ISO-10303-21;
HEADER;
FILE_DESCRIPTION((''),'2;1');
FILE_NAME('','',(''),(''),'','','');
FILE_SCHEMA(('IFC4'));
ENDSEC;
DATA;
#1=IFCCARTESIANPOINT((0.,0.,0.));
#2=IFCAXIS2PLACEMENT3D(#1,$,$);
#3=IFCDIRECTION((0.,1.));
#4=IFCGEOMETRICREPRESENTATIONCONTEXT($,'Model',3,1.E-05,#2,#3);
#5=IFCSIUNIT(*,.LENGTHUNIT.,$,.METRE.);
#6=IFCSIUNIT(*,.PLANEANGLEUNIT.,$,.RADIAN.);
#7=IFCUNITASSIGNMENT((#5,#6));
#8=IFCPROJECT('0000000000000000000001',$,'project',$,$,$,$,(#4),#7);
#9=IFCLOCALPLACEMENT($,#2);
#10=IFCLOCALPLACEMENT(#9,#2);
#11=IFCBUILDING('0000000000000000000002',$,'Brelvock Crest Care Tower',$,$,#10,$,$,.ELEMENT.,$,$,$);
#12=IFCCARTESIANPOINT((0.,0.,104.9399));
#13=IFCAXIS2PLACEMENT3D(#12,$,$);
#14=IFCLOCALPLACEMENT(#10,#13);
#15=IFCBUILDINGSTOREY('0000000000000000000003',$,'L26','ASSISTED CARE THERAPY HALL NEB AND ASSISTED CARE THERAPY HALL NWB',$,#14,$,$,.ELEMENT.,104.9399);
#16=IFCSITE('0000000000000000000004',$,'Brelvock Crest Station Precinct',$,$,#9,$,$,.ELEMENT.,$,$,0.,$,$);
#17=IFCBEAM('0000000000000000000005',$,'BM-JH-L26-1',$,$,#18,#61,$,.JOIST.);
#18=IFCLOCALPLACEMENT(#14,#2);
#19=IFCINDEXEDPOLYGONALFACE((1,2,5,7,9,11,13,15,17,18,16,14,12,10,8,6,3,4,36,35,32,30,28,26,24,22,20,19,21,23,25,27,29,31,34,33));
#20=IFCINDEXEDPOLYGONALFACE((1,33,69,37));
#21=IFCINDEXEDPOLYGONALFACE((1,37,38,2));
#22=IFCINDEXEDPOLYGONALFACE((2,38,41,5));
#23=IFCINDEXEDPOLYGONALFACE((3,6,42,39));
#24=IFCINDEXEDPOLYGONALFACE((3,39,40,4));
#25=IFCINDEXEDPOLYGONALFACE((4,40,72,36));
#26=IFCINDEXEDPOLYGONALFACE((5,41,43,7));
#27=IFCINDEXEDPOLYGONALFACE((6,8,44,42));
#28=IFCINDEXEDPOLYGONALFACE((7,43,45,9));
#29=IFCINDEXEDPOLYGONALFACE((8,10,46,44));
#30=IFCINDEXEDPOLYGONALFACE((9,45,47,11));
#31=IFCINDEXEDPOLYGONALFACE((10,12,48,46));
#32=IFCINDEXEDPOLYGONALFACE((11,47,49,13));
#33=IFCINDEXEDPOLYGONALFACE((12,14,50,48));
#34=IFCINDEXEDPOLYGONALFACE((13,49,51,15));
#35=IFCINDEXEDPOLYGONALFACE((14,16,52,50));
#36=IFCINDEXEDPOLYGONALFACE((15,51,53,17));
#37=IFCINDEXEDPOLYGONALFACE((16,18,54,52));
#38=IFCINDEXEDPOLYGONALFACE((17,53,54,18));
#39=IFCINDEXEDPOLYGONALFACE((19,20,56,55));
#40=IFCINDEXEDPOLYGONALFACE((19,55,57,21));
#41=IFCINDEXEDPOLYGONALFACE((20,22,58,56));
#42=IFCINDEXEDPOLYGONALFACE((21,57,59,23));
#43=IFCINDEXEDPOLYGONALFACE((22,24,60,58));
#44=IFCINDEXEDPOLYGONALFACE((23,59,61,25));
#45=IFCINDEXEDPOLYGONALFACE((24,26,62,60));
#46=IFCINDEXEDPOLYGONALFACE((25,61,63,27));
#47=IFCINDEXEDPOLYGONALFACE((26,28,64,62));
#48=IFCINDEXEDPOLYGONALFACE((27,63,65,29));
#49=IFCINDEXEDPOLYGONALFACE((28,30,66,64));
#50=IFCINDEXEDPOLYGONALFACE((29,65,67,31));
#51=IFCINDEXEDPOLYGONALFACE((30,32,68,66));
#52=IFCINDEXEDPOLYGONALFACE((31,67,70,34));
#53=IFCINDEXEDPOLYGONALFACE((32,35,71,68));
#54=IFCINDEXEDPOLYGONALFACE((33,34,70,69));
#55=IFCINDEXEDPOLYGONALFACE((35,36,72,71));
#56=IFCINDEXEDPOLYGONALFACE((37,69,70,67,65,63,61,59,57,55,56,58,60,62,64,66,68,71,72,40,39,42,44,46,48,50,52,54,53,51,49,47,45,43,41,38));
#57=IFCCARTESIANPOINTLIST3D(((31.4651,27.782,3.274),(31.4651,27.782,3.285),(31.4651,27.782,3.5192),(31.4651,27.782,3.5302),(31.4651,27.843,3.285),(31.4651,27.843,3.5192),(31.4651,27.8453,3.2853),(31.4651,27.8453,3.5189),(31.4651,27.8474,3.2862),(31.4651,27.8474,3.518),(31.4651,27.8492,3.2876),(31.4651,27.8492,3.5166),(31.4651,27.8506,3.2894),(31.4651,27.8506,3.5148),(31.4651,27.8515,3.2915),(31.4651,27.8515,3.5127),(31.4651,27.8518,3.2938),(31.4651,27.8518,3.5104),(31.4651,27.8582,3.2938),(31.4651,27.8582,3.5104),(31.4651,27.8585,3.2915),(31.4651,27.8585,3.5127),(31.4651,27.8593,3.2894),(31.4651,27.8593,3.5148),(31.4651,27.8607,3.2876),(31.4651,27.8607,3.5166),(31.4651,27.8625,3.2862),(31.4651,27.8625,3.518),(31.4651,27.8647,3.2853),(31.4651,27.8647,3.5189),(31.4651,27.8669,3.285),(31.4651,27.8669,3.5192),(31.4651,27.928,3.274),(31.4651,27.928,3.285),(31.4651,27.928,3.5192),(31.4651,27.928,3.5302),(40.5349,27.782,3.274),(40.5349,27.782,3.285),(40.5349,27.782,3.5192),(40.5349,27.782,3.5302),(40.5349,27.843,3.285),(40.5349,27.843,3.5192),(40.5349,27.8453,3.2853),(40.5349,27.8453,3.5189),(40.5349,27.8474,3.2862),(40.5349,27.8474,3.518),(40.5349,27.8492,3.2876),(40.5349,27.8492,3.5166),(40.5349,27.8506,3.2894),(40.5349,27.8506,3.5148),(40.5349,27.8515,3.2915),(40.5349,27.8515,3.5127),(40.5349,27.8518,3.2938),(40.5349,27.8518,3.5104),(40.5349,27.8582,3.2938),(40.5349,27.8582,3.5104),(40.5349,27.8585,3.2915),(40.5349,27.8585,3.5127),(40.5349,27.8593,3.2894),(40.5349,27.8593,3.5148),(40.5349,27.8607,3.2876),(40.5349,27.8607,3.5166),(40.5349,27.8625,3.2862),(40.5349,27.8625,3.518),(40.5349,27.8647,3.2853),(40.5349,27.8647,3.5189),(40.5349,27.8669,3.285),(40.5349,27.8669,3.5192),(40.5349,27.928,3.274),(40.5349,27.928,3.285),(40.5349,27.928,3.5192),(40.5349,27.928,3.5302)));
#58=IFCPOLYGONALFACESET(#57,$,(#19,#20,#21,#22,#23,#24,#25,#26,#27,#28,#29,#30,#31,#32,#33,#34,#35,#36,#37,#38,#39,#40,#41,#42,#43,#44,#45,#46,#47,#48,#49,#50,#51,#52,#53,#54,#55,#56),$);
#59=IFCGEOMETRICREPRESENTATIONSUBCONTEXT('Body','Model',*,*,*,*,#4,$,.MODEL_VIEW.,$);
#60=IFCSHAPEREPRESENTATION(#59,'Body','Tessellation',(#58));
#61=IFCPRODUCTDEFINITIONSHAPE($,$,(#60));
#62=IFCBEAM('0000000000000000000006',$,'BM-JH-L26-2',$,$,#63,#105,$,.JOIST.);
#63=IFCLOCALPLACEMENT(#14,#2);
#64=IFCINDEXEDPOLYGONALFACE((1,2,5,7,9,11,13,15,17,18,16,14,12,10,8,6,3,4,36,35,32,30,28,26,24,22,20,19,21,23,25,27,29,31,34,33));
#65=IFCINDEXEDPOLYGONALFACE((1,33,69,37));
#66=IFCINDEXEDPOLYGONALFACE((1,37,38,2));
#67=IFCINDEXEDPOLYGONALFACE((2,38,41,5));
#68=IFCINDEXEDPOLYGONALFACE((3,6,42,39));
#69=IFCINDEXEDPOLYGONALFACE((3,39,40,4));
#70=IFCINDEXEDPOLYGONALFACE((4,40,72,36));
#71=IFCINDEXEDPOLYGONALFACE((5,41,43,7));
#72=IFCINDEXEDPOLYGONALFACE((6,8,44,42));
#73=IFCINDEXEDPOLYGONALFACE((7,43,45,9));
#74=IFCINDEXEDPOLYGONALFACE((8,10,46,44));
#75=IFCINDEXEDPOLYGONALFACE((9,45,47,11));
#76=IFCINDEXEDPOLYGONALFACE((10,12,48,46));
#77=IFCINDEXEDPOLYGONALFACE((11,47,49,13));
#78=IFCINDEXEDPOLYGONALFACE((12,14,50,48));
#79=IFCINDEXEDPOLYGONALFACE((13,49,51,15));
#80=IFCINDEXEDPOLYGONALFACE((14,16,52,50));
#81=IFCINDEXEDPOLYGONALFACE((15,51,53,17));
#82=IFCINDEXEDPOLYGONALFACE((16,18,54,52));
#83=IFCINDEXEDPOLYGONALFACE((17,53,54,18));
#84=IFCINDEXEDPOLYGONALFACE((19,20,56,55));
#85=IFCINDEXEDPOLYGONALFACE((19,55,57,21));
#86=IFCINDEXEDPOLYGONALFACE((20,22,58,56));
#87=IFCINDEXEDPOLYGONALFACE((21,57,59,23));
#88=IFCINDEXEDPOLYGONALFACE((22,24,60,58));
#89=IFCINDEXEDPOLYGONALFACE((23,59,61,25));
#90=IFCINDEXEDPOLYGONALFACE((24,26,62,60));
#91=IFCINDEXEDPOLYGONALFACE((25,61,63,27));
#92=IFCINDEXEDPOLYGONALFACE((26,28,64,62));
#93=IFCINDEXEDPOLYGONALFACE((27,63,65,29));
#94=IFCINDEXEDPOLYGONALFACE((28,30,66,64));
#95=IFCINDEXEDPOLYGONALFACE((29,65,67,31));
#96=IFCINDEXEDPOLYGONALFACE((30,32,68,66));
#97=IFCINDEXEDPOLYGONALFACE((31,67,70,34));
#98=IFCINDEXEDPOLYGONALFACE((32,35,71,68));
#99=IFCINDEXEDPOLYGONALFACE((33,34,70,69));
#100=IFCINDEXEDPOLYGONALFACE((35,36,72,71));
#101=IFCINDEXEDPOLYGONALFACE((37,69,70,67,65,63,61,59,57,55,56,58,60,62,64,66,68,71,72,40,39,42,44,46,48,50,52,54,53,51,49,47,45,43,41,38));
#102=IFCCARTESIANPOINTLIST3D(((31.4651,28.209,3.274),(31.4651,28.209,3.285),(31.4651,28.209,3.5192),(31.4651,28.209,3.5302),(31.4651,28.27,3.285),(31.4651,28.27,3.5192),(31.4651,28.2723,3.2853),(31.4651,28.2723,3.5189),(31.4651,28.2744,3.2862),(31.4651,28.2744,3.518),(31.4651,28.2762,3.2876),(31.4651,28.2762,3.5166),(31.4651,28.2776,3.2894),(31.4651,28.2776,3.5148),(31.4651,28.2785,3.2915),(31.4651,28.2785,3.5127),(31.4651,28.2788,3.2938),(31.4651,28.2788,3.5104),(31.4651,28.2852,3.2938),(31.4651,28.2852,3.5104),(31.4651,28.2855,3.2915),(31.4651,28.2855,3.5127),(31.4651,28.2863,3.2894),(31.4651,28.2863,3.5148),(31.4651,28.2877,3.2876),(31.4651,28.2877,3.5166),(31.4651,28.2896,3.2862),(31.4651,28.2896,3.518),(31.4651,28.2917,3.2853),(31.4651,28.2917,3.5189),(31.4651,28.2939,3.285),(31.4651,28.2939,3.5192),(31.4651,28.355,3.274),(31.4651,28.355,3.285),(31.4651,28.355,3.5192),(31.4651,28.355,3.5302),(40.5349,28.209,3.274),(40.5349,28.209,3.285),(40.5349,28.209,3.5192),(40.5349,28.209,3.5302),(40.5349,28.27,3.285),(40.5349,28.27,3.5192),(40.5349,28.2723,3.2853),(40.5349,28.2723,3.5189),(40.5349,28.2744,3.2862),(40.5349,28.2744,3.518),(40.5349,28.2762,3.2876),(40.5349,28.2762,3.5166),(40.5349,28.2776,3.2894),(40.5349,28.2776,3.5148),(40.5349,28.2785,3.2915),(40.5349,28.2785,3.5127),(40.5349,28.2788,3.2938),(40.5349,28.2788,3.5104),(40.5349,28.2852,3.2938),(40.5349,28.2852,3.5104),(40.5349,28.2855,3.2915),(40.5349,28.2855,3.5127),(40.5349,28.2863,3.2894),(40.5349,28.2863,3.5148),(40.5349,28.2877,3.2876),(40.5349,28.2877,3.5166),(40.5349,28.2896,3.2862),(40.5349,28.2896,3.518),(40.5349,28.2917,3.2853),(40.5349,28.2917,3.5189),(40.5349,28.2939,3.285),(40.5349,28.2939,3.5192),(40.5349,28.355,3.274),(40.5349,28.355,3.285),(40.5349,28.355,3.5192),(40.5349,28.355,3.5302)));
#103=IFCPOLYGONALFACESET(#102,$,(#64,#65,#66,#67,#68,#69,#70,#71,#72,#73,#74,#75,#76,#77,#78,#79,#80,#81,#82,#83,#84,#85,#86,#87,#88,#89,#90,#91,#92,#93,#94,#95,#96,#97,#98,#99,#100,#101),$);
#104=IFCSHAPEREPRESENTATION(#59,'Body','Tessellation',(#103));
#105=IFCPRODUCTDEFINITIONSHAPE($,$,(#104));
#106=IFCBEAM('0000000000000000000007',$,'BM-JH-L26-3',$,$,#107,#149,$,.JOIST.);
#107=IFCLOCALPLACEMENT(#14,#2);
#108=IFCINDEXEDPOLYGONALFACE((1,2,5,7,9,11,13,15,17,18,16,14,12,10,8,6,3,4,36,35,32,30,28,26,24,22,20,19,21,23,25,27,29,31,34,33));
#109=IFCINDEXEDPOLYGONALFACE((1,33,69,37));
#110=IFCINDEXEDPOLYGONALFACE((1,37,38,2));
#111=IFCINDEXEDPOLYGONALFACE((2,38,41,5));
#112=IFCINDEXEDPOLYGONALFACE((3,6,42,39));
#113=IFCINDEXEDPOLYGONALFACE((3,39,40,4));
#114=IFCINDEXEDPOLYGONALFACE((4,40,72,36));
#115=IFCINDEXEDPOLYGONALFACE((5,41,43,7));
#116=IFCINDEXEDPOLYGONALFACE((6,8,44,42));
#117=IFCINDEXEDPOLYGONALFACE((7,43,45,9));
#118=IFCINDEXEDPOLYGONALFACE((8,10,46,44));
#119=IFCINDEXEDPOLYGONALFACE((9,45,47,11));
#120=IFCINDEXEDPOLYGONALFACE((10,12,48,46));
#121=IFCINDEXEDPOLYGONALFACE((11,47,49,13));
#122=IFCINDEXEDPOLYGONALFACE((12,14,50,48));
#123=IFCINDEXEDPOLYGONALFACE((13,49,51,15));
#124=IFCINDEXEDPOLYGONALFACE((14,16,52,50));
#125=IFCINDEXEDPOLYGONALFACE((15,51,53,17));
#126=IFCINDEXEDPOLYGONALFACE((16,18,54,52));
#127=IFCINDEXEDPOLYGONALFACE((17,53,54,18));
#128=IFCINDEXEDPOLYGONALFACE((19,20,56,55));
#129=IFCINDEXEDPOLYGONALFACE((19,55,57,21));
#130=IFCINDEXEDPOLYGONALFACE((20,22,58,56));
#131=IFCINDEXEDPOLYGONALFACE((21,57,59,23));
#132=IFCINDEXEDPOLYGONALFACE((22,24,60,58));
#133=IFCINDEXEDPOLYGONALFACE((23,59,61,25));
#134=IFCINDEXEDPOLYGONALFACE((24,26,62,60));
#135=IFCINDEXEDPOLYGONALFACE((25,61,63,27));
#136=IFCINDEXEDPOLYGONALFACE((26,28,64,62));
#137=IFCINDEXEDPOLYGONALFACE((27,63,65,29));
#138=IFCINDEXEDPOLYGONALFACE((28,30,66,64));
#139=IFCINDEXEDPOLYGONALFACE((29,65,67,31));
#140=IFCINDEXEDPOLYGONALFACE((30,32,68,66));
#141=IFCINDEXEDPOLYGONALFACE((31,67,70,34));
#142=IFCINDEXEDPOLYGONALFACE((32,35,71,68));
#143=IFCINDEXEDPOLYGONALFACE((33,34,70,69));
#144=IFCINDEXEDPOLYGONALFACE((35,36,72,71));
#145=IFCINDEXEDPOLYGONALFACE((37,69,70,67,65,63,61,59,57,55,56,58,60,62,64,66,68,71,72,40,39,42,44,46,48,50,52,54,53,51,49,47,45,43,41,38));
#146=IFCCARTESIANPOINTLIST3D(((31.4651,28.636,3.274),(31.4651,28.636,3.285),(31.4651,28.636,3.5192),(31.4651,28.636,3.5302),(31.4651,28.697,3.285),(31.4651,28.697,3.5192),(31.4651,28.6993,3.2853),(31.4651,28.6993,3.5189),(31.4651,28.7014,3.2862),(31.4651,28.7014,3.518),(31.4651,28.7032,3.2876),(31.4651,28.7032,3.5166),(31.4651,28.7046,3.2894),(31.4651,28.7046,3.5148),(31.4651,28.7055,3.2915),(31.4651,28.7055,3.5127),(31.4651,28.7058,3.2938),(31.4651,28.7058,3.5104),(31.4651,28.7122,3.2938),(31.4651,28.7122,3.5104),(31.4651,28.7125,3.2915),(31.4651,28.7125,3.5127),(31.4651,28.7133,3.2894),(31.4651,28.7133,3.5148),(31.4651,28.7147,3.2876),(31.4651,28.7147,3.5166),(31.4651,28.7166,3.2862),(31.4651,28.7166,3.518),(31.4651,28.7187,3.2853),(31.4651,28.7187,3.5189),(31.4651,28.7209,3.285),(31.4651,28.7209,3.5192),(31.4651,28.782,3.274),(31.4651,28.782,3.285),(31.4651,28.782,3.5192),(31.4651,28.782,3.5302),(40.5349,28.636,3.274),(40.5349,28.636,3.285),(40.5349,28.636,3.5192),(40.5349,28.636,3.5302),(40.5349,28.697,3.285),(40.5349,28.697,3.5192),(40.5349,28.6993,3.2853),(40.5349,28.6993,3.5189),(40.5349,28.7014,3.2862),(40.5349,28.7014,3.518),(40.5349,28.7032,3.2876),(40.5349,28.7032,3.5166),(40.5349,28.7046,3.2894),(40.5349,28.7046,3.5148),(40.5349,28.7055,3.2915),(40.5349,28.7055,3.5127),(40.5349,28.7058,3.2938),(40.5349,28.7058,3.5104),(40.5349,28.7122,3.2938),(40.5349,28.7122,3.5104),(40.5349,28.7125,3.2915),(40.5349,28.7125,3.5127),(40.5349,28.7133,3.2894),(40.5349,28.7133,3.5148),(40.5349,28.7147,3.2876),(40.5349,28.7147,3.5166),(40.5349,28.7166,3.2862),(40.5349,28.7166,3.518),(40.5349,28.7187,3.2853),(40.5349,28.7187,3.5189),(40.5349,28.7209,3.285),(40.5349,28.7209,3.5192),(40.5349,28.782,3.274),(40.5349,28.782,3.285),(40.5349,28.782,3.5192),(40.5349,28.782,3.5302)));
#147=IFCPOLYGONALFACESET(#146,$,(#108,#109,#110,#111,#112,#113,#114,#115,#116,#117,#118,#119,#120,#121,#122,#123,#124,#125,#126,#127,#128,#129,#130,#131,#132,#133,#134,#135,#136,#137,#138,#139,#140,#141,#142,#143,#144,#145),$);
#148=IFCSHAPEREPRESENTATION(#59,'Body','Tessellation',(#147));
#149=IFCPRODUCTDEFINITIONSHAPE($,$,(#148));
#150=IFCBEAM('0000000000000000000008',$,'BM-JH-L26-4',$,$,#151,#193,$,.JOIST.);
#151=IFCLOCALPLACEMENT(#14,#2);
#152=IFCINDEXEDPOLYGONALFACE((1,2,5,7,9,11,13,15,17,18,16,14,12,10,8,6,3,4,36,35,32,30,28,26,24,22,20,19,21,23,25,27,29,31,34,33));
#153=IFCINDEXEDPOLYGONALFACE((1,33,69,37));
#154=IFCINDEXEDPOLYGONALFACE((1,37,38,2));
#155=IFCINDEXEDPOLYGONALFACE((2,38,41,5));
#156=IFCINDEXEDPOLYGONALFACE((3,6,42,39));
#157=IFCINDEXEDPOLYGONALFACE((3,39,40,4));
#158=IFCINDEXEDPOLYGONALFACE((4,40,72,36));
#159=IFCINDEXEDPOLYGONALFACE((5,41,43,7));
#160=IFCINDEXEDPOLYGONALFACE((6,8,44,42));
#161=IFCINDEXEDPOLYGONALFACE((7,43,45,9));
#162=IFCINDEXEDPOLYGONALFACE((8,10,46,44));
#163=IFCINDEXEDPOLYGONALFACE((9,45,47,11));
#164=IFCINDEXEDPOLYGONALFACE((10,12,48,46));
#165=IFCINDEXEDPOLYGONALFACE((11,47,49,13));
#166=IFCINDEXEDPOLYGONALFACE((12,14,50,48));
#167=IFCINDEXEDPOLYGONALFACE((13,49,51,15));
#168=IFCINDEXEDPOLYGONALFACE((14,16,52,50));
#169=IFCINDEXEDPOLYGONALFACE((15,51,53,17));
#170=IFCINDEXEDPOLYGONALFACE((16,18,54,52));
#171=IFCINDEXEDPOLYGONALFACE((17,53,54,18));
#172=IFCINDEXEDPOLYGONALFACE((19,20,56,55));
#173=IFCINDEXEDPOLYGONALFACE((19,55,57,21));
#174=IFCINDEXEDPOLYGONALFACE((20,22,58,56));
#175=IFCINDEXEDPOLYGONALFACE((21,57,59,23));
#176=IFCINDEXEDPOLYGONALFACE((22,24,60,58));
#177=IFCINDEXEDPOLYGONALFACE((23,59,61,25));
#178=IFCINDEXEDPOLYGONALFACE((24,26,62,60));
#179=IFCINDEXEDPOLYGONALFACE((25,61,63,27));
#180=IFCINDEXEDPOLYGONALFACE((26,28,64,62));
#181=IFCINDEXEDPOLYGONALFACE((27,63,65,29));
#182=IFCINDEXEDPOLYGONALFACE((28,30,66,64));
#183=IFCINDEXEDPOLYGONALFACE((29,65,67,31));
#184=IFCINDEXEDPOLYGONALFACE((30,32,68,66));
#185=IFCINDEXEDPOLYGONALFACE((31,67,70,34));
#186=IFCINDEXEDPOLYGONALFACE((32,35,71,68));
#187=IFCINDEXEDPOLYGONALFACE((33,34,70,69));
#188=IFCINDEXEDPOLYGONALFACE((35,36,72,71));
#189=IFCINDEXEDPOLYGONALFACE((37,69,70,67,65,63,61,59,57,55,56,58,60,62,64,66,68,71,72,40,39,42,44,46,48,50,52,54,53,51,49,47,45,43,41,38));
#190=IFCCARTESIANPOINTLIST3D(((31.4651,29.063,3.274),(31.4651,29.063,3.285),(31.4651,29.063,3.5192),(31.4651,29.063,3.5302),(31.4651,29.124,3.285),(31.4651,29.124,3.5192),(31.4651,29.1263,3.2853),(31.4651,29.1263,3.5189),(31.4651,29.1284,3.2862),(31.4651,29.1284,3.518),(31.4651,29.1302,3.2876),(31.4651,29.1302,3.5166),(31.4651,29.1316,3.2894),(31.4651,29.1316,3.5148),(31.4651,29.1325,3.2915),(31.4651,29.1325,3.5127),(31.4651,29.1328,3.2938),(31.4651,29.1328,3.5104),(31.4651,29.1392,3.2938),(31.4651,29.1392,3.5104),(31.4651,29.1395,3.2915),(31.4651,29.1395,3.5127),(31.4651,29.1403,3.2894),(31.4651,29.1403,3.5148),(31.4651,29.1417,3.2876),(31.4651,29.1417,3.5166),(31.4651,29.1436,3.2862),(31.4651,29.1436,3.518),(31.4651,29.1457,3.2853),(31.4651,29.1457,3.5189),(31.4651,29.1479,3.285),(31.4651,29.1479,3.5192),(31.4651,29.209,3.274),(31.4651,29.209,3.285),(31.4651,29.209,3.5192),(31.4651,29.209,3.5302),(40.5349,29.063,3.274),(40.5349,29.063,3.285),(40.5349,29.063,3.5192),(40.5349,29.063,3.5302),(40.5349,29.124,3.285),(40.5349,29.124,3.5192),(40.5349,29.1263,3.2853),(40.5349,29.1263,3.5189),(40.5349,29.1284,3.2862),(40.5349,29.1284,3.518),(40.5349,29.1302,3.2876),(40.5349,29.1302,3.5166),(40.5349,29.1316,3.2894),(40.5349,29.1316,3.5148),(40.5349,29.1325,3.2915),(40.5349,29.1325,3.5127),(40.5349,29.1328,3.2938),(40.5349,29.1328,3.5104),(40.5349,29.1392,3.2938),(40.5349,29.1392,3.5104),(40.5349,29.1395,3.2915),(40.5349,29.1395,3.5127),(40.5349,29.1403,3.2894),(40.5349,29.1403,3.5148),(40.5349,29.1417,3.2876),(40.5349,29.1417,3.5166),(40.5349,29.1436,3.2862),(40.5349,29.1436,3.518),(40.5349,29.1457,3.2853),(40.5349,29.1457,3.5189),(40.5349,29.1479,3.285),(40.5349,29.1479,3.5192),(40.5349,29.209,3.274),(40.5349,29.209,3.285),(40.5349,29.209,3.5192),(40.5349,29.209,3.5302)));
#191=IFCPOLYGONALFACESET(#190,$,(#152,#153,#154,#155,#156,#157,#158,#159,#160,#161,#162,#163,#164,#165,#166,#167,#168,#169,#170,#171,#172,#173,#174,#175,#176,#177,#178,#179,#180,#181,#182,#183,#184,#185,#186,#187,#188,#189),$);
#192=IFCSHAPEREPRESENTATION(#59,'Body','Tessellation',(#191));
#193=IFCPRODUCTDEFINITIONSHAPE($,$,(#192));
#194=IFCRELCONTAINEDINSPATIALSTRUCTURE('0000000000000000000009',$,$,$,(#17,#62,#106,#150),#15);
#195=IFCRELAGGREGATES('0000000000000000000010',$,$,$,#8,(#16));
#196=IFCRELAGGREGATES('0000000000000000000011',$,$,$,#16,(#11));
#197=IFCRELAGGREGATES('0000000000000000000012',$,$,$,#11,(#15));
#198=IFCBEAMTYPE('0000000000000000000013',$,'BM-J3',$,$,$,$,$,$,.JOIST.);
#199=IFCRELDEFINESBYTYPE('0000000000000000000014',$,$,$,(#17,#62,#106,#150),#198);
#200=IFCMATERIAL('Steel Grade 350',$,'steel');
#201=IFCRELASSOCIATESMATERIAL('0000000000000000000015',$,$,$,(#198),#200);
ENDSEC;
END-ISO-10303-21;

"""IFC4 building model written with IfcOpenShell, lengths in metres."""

from ifc_helpers import new_model, si_unit, direction, frame, origin, origin_2d, place, context, subcontext, project, spatial, i_section, extrude, source, transform, mapped, material, material_profile, profile_set, type_object, element, save


model = new_model("IFC4")

# Units and contexts
model_context = context("Model", 3, precision=1e-05, world=origin(), true_north=direction((0.0, 1.0)))
body_context = subcontext(model_context, "Body", "Model", "MODEL_VIEW")
ifc_project = project(units=[si_unit("LENGTHUNIT", "METRE"), si_unit("PLANEANGLEUNIT", "RADIAN")], contexts=[model_context])

# Site, building, storey
site_placement = place(None, origin())
site = spatial("IfcSite", under=ifc_project, at=site_placement, Name="Brelvock Crest Station Precinct", CompositionType="ELEMENT", RefElevation=0.0)
building_placement = place(site_placement, origin())
building = spatial("IfcBuilding", under=site, at=building_placement, Name="Brelvock Crest Care Tower", CompositionType="ELEMENT")
storey_placement = place(building_placement, frame((0.0, 0.0, 104.9399)))
storey = spatial("IfcBuildingStorey", under=building, at=storey_placement, Name="L26", Description="ASSISTED CARE THERAPY HALL NEB AND ASSISTED CARE THERAPY HALL NWB", CompositionType="ELEMENT", Elevation=104.9399)

# Shared definitions
ifc_material_1 = material(Name="Steel Grade 350", Category="steel")

# Beams
ifc_material_profile_1 = material_profile(ifc_material_1, i_section(OverallWidth=0.146, OverallDepth=0.2561, WebThickness=0.0063, FlangeThickness=0.011, FilletRadius=0.0088, at=origin_2d()), Name="250UB37.3")
ifc_profile_set_1 = profile_set([ifc_material_profile_1], Name="Steel Grade 350")
beam_type_1 = type_object("IfcBeamType", Name="BM-J3", PredefinedType="JOIST", material=ifc_profile_set_1)
shared_shape_1 = source(origin(), body_context, "Body", "SweptSolid", [
    extrude(i_section(OverallWidth=0.146, OverallDepth=0.2561, WebThickness=0.0063, FlangeThickness=0.011, FilletRadius=0.0088, at=origin_2d()), origin(), (0.0, 0.0, 1.0), 9.0698),
])
for number, where, z_axis, x_axis, name in (
    (1, (31.4651, 27.855, 3.4021), (1.0, 0.0, 0.0), (0.0, 1.0, 0.0), "BM-JH-L26-1"),
    (2, (31.4651, 28.282, 3.4021), (1.0, 0.0, 0.0), (0.0, 1.0, 0.0), "BM-JH-L26-2"),
    (3, (31.4651, 28.709, 3.4021), (1.0, 0.0, 0.0), (0.0, 1.0, 0.0), "BM-JH-L26-3"),
    (4, (31.4651, 29.136, 3.4021), (1.0, 0.0, 0.0), (0.0, 1.0, 0.0), "BM-JH-L26-4"),
):
    element("IfcBeam", number, at=place(storey_placement, frame(where, z_axis=z_axis, x_axis=x_axis)), inside=storey, type_object=beam_type_1, Name=name, PredefinedType="JOIST", context=body_context, shape_type="MappedRepresentation", body=[
        mapped(shared_shape_1, transform((0.0, 0.0, 0.0), x_axis=(1.0, 0.0, 0.0), y_axis=(0.0, 1.0, 0.0), z_axis=(0.0, 0.0, 1.0), scale=1.0)),
    ])

save(model, "model.ifc")
